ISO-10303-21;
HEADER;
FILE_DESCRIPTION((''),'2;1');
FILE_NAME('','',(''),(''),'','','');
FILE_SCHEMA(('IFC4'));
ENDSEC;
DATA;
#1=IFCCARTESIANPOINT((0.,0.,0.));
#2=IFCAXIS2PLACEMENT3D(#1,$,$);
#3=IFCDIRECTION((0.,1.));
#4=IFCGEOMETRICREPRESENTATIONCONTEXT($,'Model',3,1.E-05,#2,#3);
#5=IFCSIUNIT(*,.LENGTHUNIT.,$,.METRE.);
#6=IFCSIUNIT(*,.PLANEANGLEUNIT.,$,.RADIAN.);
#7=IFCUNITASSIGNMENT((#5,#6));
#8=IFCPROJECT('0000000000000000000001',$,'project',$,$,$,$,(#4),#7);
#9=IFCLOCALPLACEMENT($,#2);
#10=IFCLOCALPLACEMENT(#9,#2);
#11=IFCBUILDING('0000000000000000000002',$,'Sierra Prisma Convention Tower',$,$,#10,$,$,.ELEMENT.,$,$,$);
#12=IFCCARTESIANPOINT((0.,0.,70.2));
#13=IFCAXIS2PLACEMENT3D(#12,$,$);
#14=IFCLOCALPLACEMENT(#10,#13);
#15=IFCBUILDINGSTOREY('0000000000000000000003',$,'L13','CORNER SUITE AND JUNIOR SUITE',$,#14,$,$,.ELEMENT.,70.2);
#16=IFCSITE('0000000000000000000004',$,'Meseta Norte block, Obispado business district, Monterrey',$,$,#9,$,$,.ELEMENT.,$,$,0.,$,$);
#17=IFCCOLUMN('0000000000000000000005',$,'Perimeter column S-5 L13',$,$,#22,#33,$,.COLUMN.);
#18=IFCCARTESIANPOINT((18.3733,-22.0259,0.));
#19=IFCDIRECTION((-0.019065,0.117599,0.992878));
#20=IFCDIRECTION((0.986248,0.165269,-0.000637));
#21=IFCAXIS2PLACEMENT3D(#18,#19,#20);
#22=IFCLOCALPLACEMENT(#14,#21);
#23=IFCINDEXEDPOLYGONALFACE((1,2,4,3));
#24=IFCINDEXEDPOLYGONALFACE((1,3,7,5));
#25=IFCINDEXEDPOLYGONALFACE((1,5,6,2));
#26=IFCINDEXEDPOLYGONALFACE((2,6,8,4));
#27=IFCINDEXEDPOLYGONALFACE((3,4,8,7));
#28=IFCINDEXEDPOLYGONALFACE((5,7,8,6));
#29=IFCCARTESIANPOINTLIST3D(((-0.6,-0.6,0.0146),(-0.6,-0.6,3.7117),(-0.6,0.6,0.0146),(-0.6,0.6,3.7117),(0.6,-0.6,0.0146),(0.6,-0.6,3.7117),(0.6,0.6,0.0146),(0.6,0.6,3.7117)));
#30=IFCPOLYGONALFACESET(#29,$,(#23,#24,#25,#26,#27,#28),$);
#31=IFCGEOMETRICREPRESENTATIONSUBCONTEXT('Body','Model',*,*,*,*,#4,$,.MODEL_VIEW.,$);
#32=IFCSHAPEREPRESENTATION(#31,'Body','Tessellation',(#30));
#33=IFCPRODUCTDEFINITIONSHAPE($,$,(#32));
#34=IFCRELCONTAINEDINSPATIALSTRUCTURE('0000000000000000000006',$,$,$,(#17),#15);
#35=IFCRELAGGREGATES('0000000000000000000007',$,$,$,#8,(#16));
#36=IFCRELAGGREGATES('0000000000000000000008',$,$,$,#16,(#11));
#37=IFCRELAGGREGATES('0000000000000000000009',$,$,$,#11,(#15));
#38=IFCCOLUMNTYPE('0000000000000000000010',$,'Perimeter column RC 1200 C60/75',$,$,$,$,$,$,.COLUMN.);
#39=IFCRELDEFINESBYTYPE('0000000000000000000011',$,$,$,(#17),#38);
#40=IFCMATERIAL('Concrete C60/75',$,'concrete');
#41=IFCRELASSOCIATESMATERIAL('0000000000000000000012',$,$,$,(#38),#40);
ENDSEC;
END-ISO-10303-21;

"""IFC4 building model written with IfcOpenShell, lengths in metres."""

from ifc_helpers import new_model, si_unit, direction, frame, origin, origin_2d, place, context, subcontext, project, spatial, rectangle, extrude, clip, halfspace, material, material_profile, profile_set, type_object, element, save


model = new_model("IFC4")

# Units and contexts
model_context = context("Model", 3, precision=1e-05, world=origin(), true_north=direction((0.0, 1.0)))
body_context = subcontext(model_context, "Body", "Model", "MODEL_VIEW")
ifc_project = project(units=[si_unit("LENGTHUNIT", "METRE"), si_unit("PLANEANGLEUNIT", "RADIAN")], contexts=[model_context])

# Site, building, storey
site_placement = place(None, origin())
site = spatial("IfcSite", under=ifc_project, at=site_placement, Name="Meseta Norte block, Obispado business district, Monterrey", CompositionType="ELEMENT", RefElevation=0.0)
building_placement = place(site_placement, origin())
building = spatial("IfcBuilding", under=site, at=building_placement, Name="Sierra Prisma Convention Tower", CompositionType="ELEMENT")
storey_placement = place(building_placement, frame((0.0, 0.0, 70.2)))
storey = spatial("IfcBuildingStorey", under=building, at=storey_placement, Name="L13", Description="CORNER SUITE AND JUNIOR SUITE", CompositionType="ELEMENT", Elevation=70.2)

# Column
ifc_material_1 = material(Name="Concrete C60/75", Category="concrete")
ifc_material_profile_1 = material_profile(ifc_material_1, rectangle(XDim=1.2, YDim=1.2, at=origin_2d()), Name="Perimeter column RC 1200 C60/75")
ifc_profile_set_1 = profile_set([ifc_material_profile_1], Name="Concrete C60/75")
column_type = type_object("IfcColumnType", Name="Perimeter column RC 1200 C60/75", PredefinedType="COLUMN", material=ifc_profile_set_1)
column_1_placement = place(storey_placement, frame((18.3733, -22.0259, 0.0), z_axis=(-0.019065, 0.117599, 0.992878), x_axis=(0.986248, 0.165269, -0.000637)))
element("IfcColumn", 1, at=column_1_placement, inside=storey, type_object=column_type, Name="Perimeter column S-5 L13", PredefinedType="COLUMN", context=body_context, shape_type="SweptSolid", body=[
    clip(clip(extrude(rectangle(XDim=1.2, YDim=1.2, at=origin_2d()), origin(), (0.0, 0.0, 1.0), 3.7266), halfspace(frame((0.0, 0.0, 0.0146)), True)), halfspace(frame((0.0, 0.0, 3.7117)), False)),
])

save(model, "model.ifc")
